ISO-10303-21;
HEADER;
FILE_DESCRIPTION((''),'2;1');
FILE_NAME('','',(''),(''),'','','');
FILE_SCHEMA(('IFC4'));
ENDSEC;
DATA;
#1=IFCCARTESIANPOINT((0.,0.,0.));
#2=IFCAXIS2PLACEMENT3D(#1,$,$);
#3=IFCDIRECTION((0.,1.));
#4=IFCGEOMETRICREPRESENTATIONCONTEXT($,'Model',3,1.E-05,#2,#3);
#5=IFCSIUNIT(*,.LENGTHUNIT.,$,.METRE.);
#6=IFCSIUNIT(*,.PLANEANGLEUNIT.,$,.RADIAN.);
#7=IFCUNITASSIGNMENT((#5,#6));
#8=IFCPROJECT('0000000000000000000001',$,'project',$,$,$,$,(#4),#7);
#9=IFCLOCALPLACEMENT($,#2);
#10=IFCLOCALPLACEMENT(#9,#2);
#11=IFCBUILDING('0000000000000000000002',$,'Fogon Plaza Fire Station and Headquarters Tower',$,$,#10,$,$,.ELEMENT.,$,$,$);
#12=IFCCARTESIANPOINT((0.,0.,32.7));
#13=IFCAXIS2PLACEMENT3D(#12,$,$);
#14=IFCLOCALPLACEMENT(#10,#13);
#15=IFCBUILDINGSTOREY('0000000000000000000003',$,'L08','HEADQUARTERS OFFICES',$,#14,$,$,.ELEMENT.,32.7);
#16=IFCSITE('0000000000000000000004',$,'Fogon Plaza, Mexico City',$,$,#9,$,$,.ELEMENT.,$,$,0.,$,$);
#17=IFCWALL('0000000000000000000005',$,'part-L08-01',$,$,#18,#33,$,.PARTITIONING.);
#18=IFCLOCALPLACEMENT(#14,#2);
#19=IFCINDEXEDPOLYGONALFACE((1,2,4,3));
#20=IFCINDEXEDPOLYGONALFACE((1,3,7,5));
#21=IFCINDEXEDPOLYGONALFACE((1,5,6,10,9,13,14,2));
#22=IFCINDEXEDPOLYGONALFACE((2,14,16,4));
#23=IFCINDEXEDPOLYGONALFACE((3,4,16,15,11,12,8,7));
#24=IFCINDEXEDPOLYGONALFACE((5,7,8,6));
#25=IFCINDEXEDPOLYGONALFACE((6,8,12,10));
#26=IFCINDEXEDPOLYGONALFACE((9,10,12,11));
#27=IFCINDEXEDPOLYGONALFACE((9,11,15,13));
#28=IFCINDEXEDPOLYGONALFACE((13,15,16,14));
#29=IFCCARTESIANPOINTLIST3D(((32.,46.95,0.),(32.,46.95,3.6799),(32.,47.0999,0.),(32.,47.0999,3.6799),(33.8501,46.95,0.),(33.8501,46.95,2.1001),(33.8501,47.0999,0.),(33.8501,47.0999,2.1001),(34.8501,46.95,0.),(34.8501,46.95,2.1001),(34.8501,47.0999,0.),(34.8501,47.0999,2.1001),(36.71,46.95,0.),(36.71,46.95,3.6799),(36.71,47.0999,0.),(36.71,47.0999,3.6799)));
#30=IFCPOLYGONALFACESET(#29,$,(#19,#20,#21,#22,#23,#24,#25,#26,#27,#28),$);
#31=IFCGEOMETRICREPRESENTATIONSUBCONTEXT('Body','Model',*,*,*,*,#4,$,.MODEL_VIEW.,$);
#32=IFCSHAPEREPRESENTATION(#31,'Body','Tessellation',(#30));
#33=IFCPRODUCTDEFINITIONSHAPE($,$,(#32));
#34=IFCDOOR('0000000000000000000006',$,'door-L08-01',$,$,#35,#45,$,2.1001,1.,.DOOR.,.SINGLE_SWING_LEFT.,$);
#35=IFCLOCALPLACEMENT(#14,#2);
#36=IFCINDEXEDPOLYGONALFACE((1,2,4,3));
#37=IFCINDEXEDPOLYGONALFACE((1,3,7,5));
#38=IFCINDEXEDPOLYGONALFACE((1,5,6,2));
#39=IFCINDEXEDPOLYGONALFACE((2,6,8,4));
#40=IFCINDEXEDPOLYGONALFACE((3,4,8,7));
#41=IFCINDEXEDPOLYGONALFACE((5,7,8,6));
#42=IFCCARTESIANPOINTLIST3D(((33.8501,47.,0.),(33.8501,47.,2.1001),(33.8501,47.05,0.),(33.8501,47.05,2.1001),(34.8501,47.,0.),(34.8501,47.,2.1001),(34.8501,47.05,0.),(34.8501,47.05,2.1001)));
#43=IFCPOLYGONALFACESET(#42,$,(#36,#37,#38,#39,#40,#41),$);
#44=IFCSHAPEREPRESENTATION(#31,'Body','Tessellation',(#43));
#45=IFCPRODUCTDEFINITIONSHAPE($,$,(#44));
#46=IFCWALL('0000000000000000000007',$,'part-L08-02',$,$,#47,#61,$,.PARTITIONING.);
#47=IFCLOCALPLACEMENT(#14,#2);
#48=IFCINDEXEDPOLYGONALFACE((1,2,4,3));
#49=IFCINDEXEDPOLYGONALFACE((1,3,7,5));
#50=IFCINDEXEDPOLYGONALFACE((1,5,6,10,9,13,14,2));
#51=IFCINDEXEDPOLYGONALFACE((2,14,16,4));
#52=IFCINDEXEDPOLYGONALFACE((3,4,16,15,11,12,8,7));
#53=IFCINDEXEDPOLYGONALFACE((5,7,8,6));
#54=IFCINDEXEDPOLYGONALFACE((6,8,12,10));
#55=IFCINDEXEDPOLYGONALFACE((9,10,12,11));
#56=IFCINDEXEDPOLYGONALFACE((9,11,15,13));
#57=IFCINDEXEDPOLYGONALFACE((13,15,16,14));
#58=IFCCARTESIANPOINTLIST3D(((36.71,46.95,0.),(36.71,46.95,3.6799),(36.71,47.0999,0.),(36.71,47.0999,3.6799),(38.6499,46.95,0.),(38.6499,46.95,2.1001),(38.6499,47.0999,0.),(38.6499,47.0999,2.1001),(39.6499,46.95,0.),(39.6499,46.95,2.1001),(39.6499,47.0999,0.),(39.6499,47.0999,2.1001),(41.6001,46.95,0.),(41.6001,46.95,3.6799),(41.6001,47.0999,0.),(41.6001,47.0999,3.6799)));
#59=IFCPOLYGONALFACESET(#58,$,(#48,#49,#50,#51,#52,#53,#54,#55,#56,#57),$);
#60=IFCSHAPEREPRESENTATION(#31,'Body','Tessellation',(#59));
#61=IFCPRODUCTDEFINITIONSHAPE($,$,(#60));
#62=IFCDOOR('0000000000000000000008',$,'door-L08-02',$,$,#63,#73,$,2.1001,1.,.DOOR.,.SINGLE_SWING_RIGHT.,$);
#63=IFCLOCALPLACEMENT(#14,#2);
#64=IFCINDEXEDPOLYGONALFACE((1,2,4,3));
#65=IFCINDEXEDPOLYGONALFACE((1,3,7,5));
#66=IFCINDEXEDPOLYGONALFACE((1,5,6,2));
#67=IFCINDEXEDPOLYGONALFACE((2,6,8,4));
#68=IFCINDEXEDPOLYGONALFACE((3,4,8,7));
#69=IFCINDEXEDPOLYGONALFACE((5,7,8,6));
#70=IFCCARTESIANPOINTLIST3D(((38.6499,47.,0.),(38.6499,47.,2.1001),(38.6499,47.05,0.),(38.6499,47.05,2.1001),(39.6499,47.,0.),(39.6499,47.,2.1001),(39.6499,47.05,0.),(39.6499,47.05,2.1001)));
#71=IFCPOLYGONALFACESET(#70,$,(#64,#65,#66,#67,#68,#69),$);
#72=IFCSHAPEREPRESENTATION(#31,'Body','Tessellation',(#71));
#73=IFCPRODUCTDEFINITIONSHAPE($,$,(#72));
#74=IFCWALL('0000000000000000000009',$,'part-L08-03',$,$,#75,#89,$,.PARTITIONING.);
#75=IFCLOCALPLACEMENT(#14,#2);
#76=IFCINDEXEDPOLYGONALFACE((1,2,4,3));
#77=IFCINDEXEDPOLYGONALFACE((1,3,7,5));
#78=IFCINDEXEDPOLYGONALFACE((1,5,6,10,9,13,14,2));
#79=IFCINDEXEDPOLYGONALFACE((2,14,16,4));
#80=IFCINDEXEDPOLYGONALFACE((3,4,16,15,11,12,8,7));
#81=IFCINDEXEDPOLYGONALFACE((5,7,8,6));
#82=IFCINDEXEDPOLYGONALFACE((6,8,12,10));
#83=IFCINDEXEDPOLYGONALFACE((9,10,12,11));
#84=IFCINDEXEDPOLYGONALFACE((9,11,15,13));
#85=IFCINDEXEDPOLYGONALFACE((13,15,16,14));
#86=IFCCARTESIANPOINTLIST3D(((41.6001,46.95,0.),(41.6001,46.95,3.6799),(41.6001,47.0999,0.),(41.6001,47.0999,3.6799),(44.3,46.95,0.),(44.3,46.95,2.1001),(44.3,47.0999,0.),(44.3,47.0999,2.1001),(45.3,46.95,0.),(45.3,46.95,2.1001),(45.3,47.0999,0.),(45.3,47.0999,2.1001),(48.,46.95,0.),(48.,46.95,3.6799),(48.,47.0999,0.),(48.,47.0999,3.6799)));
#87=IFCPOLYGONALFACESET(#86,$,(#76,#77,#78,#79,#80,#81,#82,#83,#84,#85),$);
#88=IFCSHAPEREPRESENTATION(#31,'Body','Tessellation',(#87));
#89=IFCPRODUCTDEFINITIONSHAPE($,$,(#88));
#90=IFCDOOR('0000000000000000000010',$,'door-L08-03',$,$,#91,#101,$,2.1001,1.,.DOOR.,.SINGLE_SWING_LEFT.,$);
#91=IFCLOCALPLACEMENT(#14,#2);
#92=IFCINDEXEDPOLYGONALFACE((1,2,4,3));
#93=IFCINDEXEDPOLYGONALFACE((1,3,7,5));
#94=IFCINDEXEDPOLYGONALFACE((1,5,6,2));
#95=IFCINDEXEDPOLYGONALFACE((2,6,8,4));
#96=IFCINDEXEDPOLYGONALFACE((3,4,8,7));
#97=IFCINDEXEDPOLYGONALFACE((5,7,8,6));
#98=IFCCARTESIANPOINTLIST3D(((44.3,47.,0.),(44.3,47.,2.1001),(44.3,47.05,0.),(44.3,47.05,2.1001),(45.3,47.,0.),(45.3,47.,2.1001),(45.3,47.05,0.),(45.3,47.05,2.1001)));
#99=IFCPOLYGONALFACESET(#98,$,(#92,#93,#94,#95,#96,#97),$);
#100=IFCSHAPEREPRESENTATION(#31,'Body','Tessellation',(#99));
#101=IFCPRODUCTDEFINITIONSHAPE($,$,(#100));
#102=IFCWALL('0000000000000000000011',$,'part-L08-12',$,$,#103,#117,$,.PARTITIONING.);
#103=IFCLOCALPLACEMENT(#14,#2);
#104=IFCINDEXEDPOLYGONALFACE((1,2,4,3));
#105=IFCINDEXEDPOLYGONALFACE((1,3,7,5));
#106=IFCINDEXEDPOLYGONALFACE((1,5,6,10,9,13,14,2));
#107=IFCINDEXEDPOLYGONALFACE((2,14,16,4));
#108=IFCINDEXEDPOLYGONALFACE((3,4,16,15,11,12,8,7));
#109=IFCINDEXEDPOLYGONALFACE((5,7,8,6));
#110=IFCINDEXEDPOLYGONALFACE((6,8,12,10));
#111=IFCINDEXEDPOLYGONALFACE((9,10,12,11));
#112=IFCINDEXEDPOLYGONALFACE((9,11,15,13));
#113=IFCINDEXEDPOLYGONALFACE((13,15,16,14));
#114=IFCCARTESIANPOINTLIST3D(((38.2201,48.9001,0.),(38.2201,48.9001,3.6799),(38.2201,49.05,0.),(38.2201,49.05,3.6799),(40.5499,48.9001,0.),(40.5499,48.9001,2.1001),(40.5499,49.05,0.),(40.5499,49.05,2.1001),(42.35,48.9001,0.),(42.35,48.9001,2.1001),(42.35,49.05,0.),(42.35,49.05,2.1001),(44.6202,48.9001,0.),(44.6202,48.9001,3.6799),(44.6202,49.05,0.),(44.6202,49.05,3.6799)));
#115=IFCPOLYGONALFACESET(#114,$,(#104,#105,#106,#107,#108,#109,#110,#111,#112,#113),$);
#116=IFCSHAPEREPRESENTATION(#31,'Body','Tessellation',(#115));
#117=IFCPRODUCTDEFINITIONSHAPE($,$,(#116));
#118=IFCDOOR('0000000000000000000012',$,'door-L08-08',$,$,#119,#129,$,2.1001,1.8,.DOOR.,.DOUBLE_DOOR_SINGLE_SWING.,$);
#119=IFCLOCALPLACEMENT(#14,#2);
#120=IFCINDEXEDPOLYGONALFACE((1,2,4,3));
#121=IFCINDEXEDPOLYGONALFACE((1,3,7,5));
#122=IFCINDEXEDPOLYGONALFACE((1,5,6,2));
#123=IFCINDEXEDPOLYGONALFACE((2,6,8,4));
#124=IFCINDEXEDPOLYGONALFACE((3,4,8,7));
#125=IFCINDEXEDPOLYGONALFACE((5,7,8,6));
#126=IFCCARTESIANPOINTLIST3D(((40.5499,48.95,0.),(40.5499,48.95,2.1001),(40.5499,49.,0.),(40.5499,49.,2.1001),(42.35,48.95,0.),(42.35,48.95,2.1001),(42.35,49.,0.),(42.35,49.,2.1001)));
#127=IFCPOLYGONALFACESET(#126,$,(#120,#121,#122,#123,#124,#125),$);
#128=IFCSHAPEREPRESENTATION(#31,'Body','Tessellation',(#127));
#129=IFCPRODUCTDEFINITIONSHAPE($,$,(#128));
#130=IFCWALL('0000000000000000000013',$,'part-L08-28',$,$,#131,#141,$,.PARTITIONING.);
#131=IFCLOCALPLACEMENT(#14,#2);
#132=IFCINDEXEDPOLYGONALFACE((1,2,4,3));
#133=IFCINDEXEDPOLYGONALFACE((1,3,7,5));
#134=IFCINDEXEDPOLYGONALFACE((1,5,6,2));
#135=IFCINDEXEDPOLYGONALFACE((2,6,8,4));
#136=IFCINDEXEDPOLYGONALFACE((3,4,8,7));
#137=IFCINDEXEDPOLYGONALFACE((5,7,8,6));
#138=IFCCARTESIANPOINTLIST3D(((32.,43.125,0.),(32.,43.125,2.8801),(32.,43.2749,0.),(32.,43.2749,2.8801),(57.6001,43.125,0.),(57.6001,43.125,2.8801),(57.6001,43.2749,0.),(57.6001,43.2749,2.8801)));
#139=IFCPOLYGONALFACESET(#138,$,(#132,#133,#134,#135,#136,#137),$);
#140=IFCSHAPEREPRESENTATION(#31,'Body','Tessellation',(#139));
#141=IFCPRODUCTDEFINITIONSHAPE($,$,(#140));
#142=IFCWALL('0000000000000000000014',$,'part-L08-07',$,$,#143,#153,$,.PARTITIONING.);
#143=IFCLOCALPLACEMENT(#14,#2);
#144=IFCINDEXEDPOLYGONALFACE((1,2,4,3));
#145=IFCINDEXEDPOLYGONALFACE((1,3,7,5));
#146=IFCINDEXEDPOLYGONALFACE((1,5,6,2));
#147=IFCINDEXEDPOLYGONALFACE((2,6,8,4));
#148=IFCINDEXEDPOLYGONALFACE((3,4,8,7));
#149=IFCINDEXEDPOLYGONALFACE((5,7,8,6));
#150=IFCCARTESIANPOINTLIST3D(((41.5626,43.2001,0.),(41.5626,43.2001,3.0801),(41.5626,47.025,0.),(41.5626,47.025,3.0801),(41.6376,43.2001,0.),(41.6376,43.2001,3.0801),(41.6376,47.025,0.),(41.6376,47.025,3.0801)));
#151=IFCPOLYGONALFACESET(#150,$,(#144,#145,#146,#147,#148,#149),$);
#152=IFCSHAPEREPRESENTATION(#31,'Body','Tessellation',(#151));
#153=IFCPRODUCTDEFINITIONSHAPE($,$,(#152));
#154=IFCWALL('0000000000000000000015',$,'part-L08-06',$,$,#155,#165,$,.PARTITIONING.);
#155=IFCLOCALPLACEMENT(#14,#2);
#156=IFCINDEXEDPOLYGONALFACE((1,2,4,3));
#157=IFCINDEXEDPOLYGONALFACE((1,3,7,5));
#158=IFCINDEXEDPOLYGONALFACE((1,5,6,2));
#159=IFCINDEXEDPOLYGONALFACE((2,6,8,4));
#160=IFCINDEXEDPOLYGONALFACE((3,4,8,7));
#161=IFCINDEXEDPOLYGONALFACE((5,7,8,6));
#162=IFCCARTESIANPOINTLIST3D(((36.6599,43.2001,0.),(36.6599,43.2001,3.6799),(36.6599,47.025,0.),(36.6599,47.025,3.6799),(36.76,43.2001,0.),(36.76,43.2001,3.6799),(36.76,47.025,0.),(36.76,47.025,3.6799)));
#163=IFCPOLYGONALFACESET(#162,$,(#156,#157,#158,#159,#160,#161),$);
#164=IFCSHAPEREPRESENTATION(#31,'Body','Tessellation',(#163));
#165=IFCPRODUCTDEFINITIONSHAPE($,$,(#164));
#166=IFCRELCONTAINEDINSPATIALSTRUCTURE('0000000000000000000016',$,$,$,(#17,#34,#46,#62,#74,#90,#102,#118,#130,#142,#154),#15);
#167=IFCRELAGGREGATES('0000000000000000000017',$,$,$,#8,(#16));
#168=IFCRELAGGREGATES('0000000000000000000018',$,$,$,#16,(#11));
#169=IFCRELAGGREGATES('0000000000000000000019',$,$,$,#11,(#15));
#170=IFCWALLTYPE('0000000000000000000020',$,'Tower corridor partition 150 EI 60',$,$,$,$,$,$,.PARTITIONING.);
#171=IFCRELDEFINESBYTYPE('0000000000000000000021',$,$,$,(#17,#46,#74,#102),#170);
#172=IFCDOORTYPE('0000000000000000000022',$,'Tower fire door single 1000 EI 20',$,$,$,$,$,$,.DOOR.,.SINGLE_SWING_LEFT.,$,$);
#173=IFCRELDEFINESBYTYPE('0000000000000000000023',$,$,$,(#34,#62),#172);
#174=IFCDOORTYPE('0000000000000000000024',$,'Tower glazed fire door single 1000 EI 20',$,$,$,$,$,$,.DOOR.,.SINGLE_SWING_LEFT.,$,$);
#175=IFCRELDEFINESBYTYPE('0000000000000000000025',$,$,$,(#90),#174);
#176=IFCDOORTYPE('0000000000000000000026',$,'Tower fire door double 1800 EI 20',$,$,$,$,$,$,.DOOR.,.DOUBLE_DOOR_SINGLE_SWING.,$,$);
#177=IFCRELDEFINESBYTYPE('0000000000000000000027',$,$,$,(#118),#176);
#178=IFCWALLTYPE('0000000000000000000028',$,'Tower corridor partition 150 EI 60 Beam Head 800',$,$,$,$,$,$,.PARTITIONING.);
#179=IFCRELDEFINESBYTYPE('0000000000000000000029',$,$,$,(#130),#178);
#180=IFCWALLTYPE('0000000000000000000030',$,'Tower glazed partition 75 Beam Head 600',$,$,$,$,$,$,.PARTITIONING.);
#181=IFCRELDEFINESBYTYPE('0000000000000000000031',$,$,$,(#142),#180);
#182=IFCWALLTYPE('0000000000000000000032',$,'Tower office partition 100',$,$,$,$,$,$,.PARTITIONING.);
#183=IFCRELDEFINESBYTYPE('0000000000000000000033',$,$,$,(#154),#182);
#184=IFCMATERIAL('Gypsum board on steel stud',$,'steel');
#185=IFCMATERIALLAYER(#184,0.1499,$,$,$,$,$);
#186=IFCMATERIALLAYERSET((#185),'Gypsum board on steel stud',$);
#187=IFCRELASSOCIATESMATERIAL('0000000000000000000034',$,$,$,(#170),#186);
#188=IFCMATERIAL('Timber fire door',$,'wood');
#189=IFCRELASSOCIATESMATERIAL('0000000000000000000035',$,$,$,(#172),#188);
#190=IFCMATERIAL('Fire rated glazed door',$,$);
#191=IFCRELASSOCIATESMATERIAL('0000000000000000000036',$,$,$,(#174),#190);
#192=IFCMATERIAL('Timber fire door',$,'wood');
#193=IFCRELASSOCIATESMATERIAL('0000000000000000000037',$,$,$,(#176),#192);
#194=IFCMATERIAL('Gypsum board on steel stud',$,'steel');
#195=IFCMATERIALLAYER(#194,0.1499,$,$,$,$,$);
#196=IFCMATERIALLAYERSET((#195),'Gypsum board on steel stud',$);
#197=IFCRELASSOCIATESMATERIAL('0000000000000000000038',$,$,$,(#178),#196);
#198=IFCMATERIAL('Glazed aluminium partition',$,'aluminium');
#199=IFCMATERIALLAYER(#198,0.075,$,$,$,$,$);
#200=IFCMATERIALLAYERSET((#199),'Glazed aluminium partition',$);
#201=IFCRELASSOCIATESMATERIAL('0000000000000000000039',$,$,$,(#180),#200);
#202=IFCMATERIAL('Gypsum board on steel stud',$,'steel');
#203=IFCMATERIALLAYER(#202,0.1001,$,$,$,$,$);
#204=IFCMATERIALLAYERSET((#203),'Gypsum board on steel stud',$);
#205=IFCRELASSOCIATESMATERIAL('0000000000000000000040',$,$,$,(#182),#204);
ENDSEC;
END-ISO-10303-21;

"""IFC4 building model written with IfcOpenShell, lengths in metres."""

from ifc_helpers import new_model, si_unit, direction, frame, frame_2d, origin, place, context, subcontext, project, spatial, rectangle, extrude, material, layer, layer_set, type_object, element, fill, save


model = new_model("IFC4")

# Units and contexts
model_context = context("Model", 3, precision=1e-05, world=origin(), true_north=direction((0.0, 1.0)))
body_context = subcontext(model_context, "Body", "Model", "MODEL_VIEW")
ifc_project = project(units=[si_unit("LENGTHUNIT", "METRE"), si_unit("PLANEANGLEUNIT", "RADIAN")], contexts=[model_context])

# Site, building, storey
site_placement = place(None, origin())
site = spatial("IfcSite", under=ifc_project, at=site_placement, Name="Fogon Plaza, Mexico City", CompositionType="ELEMENT", RefElevation=0.0)
building_placement = place(site_placement, origin())
building = spatial("IfcBuilding", under=site, at=building_placement, Name="Fogon Plaza Fire Station and Headquarters Tower", CompositionType="ELEMENT")
storey_placement = place(building_placement, frame((0.0, 0.0, 32.7)))
storey = spatial("IfcBuildingStorey", under=building, at=storey_placement, Name="L08", Description="HEADQUARTERS OFFICES", CompositionType="ELEMENT", Elevation=32.7)

# Walls, openings, doors
ifc_material_1 = material(Name="Gypsum board on steel stud", Category="steel")
ifc_layer_1 = layer(ifc_material_1, 0.1499)
ifc_layer_set_1 = layer_set([ifc_layer_1], Name="Gypsum board on steel stud")
wall_type_1 = type_object("IfcWallType", Name="Tower corridor partition 150 EI 60", PredefinedType="PARTITIONING", material=ifc_layer_set_1)
wall_1_placement = place(storey_placement, frame((32.0, 47.0249, 0.0), z_axis=(0.0, 0.0, 1.0), x_axis=(1.0, 0.0, 0.0)))
wall_1 = element("IfcWall", 1, at=wall_1_placement, inside=storey, type_object=wall_type_1, Name="part-L08-01", PredefinedType="PARTITIONING", context=body_context, shape_type="SweptSolid", body=[
    extrude(rectangle(XDim=4.71, YDim=0.1499, at=frame_2d((2.355, 0.0))), origin(), (0.0, 0.0, 1.0), 3.6799),
])
opening_1_placement = place(wall_1_placement, frame((1.8501, 0.0, 0.0)))
opening_1 = element("IfcOpeningElement", 2, at=opening_1_placement, cuts=wall_1, PredefinedType="OPENING", context=body_context, shape_type="SweptSolid", body=[
    extrude(rectangle(XDim=1.0, YDim=2.1001, at=frame_2d((0.5, 1.05))), frame((0.0, 0.085, 0.0), z_axis=(0.0, -1.0, 0.0), x_axis=(1.0, 0.0, 0.0)), (0.0, 0.0, 1.0), 0.1699),
])
ifc_material_2 = material(Name="Timber fire door", Category="wood")
door_type_1 = type_object("IfcDoorType", Name="Tower fire door single 1000 EI 20", OperationType="SINGLE_SWING_LEFT", PredefinedType="DOOR", material=ifc_material_2)
door_1_placement = place(opening_1_placement, frame((1.0, 0.0, 0.0), z_axis=(0.0, 0.0, 1.0), x_axis=(-1.0, 0.0, 0.0)))
door_1 = element("IfcDoor", 3, at=door_1_placement, inside=storey, type_object=door_type_1, Name="door-L08-01", OperationType="SINGLE_SWING_LEFT", OverallHeight=2.1001, OverallWidth=1.0, PredefinedType="DOOR", context=body_context, shape_type="SweptSolid", body=[
    extrude(rectangle(XDim=1.0, YDim=2.1001, at=frame_2d((0.5, 1.05))), frame((0.0, 0.0249, 0.0), z_axis=(0.0, -1.0, 0.0), x_axis=(1.0, 0.0, 0.0)), (0.0, 0.0, 1.0), 0.05),
])
fill(opening_1, door_1)
wall_2_placement = place(storey_placement, frame((36.71, 47.0249, 0.0), z_axis=(0.0, 0.0, 1.0), x_axis=(1.0, 0.0, 0.0)))
wall_2 = element("IfcWall", 4, at=wall_2_placement, inside=storey, type_object=wall_type_1, Name="part-L08-02", PredefinedType="PARTITIONING", context=body_context, shape_type="SweptSolid", body=[
    extrude(rectangle(XDim=4.8901, YDim=0.1499, at=frame_2d((2.4451, 0.0))), origin(), (0.0, 0.0, 1.0), 3.6799),
])
opening_2_placement = place(wall_2_placement, frame((1.9399, 0.0, 0.0)))
opening_2 = element("IfcOpeningElement", 5, at=opening_2_placement, cuts=wall_2, PredefinedType="OPENING", context=body_context, shape_type="SweptSolid", body=[
    extrude(rectangle(XDim=1.0, YDim=2.1001, at=frame_2d((0.5, 1.05))), frame((0.0, 0.085, 0.0), z_axis=(0.0, -1.0, 0.0), x_axis=(1.0, 0.0, 0.0)), (0.0, 0.0, 1.0), 0.1699),
])
door_2_placement = place(opening_2_placement, frame((1.0, 0.0, 0.0), z_axis=(0.0, 0.0, 1.0), x_axis=(-1.0, 0.0, 0.0)))
door_2 = element("IfcDoor", 6, at=door_2_placement, inside=storey, type_object=door_type_1, Name="door-L08-02", OperationType="SINGLE_SWING_RIGHT", OverallHeight=2.1001, OverallWidth=1.0, PredefinedType="DOOR", context=body_context, shape_type="SweptSolid", body=[
    extrude(rectangle(XDim=1.0, YDim=2.1001, at=frame_2d((0.5, 1.05))), frame((0.0, 0.0249, 0.0), z_axis=(0.0, -1.0, 0.0), x_axis=(1.0, 0.0, 0.0)), (0.0, 0.0, 1.0), 0.05),
])
fill(opening_2, door_2)
wall_3_placement = place(storey_placement, frame((41.6001, 47.0249, 0.0), z_axis=(0.0, 0.0, 1.0), x_axis=(1.0, 0.0, 0.0)))
wall_3 = element("IfcWall", 7, at=wall_3_placement, inside=storey, type_object=wall_type_1, Name="part-L08-03", PredefinedType="PARTITIONING", context=body_context, shape_type="SweptSolid", body=[
    extrude(rectangle(XDim=6.3999, YDim=0.1499, at=frame_2d((3.2, 0.0))), origin(), (0.0, 0.0, 1.0), 3.6799),
])
opening_3_placement = place(wall_3_placement, frame((2.7, 0.0, 0.0)))
opening_3 = element("IfcOpeningElement", 8, at=opening_3_placement, cuts=wall_3, PredefinedType="OPENING", context=body_context, shape_type="SweptSolid", body=[
    extrude(rectangle(XDim=1.0, YDim=2.1001, at=frame_2d((0.5, 1.05))), frame((0.0, 0.085, 0.0), z_axis=(0.0, -1.0, 0.0), x_axis=(1.0, 0.0, 0.0)), (0.0, 0.0, 1.0), 0.1699),
])
ifc_material_3 = material(Name="Fire rated glazed door")
door_type_2 = type_object("IfcDoorType", Name="Tower glazed fire door single 1000 EI 20", OperationType="SINGLE_SWING_LEFT", PredefinedType="DOOR", material=ifc_material_3)
door_3_placement = place(opening_3_placement, frame((1.0, 0.0, 0.0), z_axis=(0.0, 0.0, 1.0), x_axis=(-1.0, 0.0, 0.0)))
door_3 = element("IfcDoor", 9, at=door_3_placement, inside=storey, type_object=door_type_2, Name="door-L08-03", OperationType="SINGLE_SWING_LEFT", OverallHeight=2.1001, OverallWidth=1.0, PredefinedType="DOOR", context=body_context, shape_type="SweptSolid", body=[
    extrude(rectangle(XDim=1.0, YDim=2.1001, at=frame_2d((0.5, 1.05))), frame((0.0, 0.0249, 0.0), z_axis=(0.0, -1.0, 0.0), x_axis=(1.0, 0.0, 0.0)), (0.0, 0.0, 1.0), 0.05),
])
fill(opening_3, door_3)
wall_4_placement = place(storey_placement, frame((38.22, 48.9751, 0.0), z_axis=(0.0, 0.0, 1.0), x_axis=(1.0, 0.0, 0.0)))
wall_4 = element("IfcWall", 10, at=wall_4_placement, inside=storey, type_object=wall_type_1, Name="part-L08-12", PredefinedType="PARTITIONING", context=body_context, shape_type="SweptSolid", body=[
    extrude(rectangle(XDim=6.4001, YDim=0.1499, at=frame_2d((3.2002, 0.0))), origin(), (0.0, 0.0, 1.0), 3.6799),
])
opening_4_placement = place(wall_4_placement, frame((2.3301, 0.0, 0.0)))
opening_4 = element("IfcOpeningElement", 11, at=opening_4_placement, cuts=wall_4, PredefinedType="OPENING", context=body_context, shape_type="SweptSolid", body=[
    extrude(rectangle(XDim=1.8, YDim=2.1001, at=frame_2d((0.8999, 1.05))), frame((0.0, 0.085, 0.0), z_axis=(0.0, -1.0, 0.0), x_axis=(1.0, 0.0, 0.0)), (0.0, 0.0, 1.0), 0.1699),
])
ifc_material_4 = material(Name="Timber fire door", Category="wood")
door_type_3 = type_object("IfcDoorType", Name="Tower fire door double 1800 EI 20", OperationType="DOUBLE_DOOR_SINGLE_SWING", PredefinedType="DOOR", material=ifc_material_4)
door_4_placement = place(opening_4_placement, origin())
door_4 = element("IfcDoor", 12, at=door_4_placement, inside=storey, type_object=door_type_3, Name="door-L08-08", OperationType="DOUBLE_DOOR_SINGLE_SWING", OverallHeight=2.1001, OverallWidth=1.8, PredefinedType="DOOR", context=body_context, shape_type="SweptSolid", body=[
    extrude(rectangle(XDim=1.8, YDim=2.1001, at=frame_2d((0.8999, 1.05))), frame((0.0, 0.0249, 0.0), z_axis=(0.0, -1.0, 0.0), x_axis=(1.0, 0.0, 0.0)), (0.0, 0.0, 1.0), 0.05),
])
fill(opening_4, door_4)

# Walls
ifc_material_5 = material(Name="Gypsum board on steel stud", Category="steel")
ifc_layer_2 = layer(ifc_material_5, 0.1499)
ifc_layer_set_2 = layer_set([ifc_layer_2], Name="Gypsum board on steel stud")
wall_type_2 = type_object("IfcWallType", Name="Tower corridor partition 150 EI 60 Beam Head 800", PredefinedType="PARTITIONING", material=ifc_layer_set_2)
wall_5_placement = place(storey_placement, frame((32.0, 43.2, 0.0), z_axis=(0.0, 0.0, 1.0), x_axis=(1.0, 0.0, 0.0)))
element("IfcWall", 13, at=wall_5_placement, inside=storey, type_object=wall_type_2, Name="part-L08-28", PredefinedType="PARTITIONING", context=body_context, shape_type="SweptSolid", body=[
    extrude(rectangle(XDim=25.6001, YDim=0.1499, at=frame_2d((12.8, 0.0))), origin(), (0.0, 0.0, 1.0), 2.8801),
])
ifc_material_6 = material(Name="Glazed aluminium partition", Category="aluminium")
ifc_layer_3 = layer(ifc_material_6, 0.075)
ifc_layer_set_3 = layer_set([ifc_layer_3], Name="Glazed aluminium partition")
wall_type_3 = type_object("IfcWallType", Name="Tower glazed partition 75 Beam Head 600", PredefinedType="PARTITIONING", material=ifc_layer_set_3)
wall_6_placement = place(storey_placement, frame((41.6001, 43.2, 0.0), z_axis=(0.0, 0.0, 1.0), x_axis=(0.0, 1.0, 0.0)))
element("IfcWall", 14, at=wall_6_placement, inside=storey, type_object=wall_type_3, Name="part-L08-07", PredefinedType="PARTITIONING", context=body_context, shape_type="SweptSolid", body=[
    extrude(rectangle(XDim=3.825, YDim=0.075, at=frame_2d((1.9126, 0.0))), origin(), (0.0, 0.0, 1.0), 3.0801),
])
ifc_material_7 = material(Name="Gypsum board on steel stud", Category="steel")
ifc_layer_4 = layer(ifc_material_7, 0.1001)
ifc_layer_set_4 = layer_set([ifc_layer_4], Name="Gypsum board on steel stud")
wall_type_4 = type_object("IfcWallType", Name="Tower office partition 100", PredefinedType="PARTITIONING", material=ifc_layer_set_4)
wall_7_placement = place(storey_placement, frame((36.71, 43.2, 0.0), z_axis=(0.0, 0.0, 1.0), x_axis=(0.0, 1.0, 0.0)))
element("IfcWall", 15, at=wall_7_placement, inside=storey, type_object=wall_type_4, Name="part-L08-06", PredefinedType="PARTITIONING", context=body_context, shape_type="SweptSolid", body=[
    extrude(rectangle(XDim=3.825, YDim=0.1001, at=frame_2d((1.9126, 0.0))), origin(), (0.0, 0.0, 1.0), 3.6799),
])

save(model, "model.ifc")
